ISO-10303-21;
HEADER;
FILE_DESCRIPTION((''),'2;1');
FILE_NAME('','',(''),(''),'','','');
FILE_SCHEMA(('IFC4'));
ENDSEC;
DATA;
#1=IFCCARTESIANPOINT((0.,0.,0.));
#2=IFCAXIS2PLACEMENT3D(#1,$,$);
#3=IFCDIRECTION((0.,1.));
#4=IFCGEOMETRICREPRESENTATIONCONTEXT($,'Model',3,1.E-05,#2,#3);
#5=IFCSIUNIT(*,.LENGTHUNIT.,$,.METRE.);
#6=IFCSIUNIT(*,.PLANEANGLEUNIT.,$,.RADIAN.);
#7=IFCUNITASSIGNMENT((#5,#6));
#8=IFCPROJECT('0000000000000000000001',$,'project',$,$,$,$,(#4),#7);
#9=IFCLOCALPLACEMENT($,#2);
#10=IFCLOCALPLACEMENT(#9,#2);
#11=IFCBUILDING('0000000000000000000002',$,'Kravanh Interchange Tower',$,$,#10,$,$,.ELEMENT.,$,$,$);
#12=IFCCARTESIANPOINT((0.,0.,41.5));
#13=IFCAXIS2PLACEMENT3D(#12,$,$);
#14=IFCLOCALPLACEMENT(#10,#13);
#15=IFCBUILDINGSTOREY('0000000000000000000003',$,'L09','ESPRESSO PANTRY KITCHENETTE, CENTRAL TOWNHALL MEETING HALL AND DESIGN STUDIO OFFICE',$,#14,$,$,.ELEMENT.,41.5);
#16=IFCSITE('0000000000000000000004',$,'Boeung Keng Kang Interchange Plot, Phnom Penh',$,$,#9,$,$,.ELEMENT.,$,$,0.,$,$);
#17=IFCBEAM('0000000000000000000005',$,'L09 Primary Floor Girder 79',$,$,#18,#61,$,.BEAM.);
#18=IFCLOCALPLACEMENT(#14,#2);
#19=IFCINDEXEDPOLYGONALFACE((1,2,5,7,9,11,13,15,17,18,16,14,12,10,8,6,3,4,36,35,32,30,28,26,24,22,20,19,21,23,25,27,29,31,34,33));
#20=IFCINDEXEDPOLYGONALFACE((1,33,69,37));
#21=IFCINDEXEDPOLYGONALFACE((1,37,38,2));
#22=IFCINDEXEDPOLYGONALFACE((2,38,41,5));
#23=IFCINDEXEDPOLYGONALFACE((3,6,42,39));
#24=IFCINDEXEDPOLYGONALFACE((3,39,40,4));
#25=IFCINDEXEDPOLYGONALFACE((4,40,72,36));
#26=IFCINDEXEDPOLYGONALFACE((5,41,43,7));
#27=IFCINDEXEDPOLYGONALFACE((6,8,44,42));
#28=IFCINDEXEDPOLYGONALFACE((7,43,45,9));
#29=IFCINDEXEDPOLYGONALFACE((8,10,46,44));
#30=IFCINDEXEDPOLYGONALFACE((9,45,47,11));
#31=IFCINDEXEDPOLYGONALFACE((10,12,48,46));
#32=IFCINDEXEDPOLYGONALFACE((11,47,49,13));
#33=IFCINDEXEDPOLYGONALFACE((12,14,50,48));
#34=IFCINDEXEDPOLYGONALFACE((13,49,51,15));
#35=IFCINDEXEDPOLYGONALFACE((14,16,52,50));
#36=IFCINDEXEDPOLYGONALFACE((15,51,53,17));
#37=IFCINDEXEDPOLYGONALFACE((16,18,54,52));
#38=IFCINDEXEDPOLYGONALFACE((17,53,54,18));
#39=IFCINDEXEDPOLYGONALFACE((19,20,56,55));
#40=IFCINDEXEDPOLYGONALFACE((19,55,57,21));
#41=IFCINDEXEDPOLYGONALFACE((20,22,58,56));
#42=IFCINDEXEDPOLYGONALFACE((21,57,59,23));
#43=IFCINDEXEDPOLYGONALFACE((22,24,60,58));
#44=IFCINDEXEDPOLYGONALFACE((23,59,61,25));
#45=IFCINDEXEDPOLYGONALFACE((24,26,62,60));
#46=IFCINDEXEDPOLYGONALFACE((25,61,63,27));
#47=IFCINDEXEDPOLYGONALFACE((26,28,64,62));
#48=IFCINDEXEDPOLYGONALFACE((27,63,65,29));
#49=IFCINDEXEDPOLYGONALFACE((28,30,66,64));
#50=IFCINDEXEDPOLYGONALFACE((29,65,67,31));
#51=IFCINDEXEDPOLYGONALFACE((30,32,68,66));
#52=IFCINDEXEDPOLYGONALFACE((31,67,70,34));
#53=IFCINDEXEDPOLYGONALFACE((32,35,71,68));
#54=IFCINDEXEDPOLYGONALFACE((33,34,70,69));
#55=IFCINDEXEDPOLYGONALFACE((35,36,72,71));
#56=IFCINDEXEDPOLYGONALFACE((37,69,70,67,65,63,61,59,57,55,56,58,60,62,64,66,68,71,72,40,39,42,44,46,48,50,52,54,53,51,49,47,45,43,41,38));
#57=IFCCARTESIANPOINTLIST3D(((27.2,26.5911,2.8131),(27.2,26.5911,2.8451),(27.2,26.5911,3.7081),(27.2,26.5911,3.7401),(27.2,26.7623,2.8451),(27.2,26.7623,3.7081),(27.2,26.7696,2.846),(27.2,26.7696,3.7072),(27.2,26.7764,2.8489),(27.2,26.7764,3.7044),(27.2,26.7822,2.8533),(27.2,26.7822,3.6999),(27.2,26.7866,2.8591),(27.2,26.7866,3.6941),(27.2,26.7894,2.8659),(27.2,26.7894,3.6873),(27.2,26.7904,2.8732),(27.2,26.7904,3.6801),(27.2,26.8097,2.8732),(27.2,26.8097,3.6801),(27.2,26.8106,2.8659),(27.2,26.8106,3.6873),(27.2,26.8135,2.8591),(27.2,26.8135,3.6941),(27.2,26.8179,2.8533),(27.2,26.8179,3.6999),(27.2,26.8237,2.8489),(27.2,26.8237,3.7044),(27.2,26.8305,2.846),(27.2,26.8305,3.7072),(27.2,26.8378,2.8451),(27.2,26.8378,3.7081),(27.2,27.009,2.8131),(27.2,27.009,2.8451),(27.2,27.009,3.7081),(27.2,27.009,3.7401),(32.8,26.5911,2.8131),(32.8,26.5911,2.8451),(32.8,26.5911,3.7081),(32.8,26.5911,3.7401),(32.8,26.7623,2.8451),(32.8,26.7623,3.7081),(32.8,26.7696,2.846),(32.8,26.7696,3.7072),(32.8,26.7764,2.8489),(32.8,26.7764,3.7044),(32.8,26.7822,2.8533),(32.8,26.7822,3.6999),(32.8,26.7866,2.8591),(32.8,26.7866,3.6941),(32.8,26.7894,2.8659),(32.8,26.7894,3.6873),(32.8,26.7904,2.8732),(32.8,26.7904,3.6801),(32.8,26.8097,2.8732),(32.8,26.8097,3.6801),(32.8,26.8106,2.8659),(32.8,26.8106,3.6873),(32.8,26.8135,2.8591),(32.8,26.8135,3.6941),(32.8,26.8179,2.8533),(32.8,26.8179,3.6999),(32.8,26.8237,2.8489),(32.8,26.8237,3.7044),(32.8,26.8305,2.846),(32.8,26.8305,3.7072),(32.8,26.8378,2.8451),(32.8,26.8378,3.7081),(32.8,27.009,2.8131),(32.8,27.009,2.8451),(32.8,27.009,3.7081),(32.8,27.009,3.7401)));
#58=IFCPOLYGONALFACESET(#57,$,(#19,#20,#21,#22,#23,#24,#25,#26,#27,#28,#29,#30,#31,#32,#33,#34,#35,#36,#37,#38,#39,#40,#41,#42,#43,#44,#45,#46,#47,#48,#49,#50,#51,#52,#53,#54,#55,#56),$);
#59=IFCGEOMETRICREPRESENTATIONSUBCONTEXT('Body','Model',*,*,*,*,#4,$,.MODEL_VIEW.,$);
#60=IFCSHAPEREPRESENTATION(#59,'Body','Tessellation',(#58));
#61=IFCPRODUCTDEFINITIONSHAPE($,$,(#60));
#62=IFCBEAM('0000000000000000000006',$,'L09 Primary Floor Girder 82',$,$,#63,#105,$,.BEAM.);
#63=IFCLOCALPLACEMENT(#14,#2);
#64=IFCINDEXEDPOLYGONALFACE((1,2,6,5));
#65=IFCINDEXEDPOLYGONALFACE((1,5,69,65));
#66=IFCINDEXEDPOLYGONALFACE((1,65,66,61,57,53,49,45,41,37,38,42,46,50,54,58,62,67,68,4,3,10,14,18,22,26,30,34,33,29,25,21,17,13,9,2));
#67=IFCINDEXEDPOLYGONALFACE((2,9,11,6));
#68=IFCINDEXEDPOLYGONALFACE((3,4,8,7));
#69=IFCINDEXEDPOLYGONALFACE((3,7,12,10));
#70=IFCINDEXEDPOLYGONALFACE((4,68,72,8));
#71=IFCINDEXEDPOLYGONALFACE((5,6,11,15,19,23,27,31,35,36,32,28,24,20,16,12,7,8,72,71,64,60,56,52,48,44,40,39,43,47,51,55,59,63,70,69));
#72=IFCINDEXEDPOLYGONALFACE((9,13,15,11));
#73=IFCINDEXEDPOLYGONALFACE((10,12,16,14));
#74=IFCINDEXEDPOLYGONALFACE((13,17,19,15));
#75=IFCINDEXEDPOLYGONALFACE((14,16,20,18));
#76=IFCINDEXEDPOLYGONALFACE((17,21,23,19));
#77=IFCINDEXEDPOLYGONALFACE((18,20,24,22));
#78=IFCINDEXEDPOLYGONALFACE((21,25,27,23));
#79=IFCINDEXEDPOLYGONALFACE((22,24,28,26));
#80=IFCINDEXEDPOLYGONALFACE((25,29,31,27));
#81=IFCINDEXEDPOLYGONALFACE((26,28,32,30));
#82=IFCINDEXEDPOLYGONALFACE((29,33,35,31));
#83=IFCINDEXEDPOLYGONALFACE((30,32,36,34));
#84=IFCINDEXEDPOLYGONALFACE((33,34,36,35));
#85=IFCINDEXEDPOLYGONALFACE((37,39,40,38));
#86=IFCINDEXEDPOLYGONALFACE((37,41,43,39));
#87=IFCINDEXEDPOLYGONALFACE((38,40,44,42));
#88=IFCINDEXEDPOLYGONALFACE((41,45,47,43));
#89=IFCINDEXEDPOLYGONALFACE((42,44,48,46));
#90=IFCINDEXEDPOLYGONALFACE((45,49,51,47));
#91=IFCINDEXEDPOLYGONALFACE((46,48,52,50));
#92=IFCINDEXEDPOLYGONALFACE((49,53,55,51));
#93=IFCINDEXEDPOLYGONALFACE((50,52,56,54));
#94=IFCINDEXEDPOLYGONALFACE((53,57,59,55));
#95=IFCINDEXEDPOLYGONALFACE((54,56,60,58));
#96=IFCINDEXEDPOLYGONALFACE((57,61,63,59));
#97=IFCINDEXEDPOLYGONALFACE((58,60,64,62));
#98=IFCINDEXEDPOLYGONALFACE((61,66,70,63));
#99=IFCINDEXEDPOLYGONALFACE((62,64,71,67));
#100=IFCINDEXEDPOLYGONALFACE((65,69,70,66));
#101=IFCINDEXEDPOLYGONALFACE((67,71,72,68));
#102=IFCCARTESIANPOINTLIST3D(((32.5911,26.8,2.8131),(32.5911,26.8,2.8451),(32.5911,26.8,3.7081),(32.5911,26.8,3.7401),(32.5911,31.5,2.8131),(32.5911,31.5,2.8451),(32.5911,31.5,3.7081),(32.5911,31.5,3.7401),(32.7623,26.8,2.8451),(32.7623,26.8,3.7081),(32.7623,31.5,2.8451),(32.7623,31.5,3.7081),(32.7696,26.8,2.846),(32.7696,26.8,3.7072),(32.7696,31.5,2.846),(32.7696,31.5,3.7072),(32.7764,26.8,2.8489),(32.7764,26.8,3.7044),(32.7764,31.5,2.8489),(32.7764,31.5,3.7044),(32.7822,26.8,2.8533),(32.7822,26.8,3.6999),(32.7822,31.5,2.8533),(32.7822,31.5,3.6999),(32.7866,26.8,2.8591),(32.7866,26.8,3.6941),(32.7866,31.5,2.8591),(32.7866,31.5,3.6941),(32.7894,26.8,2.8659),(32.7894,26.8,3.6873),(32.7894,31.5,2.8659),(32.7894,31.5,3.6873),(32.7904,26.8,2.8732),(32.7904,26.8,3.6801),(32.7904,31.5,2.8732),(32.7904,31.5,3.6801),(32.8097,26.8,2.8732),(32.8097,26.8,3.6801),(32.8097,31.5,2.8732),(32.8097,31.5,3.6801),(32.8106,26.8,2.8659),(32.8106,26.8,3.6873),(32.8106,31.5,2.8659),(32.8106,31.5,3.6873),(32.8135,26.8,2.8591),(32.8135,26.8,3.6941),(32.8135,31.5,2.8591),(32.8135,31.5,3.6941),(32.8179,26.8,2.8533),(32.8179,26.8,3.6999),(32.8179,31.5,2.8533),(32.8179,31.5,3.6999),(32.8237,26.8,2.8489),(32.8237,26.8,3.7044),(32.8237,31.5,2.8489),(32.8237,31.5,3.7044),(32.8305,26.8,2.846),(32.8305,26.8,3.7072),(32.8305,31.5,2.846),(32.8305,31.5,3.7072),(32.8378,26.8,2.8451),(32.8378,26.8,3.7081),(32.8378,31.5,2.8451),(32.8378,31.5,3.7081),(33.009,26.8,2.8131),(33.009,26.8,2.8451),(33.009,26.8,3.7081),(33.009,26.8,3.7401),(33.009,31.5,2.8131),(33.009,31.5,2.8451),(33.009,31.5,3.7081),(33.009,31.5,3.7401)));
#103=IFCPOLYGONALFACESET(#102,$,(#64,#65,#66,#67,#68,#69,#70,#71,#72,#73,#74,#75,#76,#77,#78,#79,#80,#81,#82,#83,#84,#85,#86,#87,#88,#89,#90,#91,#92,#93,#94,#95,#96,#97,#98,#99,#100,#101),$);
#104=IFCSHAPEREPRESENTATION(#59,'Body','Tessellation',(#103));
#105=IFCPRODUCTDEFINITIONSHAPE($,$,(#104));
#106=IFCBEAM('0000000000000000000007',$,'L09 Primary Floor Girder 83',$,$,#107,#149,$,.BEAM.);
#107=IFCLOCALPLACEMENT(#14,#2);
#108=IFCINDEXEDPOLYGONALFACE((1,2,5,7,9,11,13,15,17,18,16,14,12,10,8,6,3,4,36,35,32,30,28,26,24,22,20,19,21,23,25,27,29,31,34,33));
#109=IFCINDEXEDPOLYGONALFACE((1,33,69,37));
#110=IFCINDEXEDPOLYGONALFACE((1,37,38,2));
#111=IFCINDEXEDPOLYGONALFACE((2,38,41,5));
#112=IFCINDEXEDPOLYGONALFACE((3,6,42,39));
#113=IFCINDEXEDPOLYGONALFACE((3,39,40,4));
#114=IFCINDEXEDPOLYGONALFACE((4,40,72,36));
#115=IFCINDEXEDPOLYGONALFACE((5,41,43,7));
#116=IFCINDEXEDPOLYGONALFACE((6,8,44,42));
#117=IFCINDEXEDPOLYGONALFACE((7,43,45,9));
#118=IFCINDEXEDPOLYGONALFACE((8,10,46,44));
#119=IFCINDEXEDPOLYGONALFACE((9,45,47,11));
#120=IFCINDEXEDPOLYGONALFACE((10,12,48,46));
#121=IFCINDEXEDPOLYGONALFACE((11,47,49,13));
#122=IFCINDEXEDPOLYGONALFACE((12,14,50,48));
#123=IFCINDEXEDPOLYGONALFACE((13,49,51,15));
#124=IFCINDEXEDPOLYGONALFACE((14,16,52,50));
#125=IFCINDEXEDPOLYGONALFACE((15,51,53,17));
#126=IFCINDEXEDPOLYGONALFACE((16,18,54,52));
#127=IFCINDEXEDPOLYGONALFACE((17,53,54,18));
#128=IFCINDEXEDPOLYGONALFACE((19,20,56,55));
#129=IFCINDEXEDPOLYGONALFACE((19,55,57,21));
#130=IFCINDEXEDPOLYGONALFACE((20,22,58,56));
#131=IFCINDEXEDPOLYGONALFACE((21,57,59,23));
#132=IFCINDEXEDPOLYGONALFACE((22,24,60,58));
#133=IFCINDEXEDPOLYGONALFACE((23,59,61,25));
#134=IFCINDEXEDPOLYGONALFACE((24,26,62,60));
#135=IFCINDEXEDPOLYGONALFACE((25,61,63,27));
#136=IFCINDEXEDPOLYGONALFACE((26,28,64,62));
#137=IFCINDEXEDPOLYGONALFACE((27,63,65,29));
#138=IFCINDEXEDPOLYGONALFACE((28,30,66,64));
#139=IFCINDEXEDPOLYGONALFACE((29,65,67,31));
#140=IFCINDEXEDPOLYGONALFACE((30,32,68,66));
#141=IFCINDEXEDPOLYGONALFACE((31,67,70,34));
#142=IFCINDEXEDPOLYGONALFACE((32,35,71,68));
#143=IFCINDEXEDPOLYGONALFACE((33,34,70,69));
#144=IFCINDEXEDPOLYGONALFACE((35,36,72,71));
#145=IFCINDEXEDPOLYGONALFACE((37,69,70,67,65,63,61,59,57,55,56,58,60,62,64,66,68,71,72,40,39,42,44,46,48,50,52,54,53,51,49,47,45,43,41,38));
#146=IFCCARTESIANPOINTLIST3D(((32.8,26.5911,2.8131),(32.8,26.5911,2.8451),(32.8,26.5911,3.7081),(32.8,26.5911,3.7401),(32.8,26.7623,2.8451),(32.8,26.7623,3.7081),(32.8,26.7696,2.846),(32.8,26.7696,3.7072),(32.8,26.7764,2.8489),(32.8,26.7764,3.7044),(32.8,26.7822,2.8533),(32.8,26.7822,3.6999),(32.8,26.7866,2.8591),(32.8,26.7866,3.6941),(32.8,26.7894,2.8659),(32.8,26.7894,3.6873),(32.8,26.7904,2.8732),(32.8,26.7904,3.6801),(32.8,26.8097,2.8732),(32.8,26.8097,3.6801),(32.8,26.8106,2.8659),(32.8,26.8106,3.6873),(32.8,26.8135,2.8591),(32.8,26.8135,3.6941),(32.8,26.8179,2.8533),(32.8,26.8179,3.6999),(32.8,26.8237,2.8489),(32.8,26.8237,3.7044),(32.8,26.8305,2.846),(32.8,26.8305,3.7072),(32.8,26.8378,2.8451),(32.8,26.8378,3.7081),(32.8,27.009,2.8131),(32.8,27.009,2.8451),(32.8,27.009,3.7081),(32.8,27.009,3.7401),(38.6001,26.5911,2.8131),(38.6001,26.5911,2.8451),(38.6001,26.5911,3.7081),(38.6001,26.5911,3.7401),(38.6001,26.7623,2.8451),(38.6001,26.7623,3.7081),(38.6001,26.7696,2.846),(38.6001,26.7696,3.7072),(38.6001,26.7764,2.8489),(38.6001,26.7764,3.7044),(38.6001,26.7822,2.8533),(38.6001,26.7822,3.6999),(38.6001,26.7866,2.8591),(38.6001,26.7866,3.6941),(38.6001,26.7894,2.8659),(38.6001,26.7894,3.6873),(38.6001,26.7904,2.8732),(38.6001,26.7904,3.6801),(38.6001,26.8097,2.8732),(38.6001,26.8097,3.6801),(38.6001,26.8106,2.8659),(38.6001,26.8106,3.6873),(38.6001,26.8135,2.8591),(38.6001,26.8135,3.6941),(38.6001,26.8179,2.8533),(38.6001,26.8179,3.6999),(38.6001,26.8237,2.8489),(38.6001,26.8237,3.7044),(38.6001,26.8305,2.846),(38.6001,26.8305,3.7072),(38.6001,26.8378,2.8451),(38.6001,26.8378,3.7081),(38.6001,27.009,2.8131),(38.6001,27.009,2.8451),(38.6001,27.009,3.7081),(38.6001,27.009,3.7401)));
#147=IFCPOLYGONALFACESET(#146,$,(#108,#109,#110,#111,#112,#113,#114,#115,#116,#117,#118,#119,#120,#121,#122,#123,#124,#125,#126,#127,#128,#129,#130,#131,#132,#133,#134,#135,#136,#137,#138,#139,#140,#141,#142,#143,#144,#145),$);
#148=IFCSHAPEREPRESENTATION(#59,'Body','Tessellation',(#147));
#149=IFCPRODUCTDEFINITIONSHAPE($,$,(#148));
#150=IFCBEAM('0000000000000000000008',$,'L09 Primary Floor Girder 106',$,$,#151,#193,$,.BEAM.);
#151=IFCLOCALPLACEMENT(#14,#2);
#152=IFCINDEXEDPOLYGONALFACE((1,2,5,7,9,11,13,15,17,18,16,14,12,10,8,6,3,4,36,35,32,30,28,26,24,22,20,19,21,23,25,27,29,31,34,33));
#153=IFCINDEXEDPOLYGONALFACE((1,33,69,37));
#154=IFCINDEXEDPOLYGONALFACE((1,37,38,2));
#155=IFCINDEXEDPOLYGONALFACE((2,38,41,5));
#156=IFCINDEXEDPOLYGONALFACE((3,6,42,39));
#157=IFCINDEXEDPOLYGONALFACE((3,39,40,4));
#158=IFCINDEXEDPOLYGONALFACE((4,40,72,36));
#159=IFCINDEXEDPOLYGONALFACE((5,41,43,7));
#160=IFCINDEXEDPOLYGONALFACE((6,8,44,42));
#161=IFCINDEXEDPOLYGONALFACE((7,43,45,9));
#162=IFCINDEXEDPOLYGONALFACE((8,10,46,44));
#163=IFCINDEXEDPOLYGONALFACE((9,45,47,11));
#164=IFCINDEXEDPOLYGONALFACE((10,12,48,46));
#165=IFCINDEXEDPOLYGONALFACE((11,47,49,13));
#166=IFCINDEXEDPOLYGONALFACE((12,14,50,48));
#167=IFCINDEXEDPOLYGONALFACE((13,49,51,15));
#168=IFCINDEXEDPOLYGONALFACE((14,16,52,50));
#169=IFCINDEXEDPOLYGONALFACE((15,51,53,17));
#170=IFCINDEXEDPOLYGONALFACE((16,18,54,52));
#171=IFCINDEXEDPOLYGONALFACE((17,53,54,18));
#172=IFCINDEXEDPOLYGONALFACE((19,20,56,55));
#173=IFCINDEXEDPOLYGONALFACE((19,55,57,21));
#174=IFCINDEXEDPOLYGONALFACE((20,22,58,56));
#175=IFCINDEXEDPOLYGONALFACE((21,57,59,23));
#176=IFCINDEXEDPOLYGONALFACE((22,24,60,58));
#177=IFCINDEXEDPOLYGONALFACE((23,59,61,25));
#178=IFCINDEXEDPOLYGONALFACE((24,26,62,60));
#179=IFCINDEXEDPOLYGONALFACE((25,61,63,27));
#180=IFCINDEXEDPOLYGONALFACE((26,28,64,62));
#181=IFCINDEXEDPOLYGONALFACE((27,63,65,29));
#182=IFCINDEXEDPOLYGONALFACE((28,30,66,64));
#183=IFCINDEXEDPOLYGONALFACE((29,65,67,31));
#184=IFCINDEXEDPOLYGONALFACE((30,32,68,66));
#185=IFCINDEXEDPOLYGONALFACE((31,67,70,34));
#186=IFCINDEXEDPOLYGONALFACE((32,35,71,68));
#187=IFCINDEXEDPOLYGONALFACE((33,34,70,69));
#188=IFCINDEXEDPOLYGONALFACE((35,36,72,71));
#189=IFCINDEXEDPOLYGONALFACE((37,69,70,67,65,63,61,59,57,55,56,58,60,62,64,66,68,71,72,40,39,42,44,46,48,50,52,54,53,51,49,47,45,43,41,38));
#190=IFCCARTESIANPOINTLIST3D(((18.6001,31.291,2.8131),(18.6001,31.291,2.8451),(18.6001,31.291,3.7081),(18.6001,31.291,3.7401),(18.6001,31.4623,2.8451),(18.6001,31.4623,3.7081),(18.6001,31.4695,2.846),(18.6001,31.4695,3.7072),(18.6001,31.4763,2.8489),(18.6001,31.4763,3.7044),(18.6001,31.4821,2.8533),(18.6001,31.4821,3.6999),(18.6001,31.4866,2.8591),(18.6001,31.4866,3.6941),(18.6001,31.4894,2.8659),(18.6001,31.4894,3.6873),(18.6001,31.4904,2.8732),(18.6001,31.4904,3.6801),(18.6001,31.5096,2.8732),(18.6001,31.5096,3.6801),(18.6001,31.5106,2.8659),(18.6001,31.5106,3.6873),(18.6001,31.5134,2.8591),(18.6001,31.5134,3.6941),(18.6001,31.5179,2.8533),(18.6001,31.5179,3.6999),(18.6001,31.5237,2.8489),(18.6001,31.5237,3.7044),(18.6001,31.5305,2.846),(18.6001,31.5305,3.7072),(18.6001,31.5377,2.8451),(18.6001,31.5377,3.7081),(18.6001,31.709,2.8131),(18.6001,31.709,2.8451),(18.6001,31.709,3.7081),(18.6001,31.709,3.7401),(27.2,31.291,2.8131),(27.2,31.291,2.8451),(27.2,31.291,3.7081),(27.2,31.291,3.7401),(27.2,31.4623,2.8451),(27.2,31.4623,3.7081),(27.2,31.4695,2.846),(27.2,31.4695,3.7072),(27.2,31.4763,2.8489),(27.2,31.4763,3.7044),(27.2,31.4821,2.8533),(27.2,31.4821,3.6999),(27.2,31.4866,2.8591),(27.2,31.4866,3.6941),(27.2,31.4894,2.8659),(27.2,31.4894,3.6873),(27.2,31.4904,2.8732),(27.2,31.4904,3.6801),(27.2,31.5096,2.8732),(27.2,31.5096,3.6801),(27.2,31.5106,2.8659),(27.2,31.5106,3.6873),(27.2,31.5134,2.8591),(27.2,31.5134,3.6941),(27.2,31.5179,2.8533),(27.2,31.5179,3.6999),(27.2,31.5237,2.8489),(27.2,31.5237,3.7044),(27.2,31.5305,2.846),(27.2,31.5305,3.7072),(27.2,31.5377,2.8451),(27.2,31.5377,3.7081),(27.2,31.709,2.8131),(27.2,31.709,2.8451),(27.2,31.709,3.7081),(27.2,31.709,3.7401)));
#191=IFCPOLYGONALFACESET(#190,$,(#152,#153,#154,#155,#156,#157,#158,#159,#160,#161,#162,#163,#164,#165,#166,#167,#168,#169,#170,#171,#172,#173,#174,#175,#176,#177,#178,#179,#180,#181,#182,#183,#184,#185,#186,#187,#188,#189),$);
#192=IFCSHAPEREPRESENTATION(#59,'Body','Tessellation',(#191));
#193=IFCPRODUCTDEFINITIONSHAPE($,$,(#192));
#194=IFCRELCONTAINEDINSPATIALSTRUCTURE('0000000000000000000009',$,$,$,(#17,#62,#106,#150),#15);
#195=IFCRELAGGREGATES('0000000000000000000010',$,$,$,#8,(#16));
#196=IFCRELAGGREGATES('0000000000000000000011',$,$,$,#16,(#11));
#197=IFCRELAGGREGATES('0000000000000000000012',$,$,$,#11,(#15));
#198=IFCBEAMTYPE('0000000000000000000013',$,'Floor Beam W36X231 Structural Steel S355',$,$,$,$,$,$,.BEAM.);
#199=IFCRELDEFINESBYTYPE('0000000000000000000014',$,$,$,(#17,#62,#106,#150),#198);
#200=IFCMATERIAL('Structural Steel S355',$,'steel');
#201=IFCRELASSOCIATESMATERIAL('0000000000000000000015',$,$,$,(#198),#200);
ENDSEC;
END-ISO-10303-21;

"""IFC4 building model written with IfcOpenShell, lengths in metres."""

from ifc_helpers import new_model, si_unit, direction, frame, origin, origin_2d, place, context, subcontext, project, spatial, i_section, extrude, material, material_profile, profile_set, type_object, element, save


model = new_model("IFC4")

# Units and contexts
model_context = context("Model", 3, precision=1e-05, world=origin(), true_north=direction((0.0, 1.0)))
body_context = subcontext(model_context, "Body", "Model", "MODEL_VIEW")
ifc_project = project(units=[si_unit("LENGTHUNIT", "METRE"), si_unit("PLANEANGLEUNIT", "RADIAN")], contexts=[model_context])

# Site, building, storey
site_placement = place(None, origin())
site = spatial("IfcSite", under=ifc_project, at=site_placement, Name="Boeung Keng Kang Interchange Plot, Phnom Penh", CompositionType="ELEMENT", RefElevation=0.0)
building_placement = place(site_placement, origin())
building = spatial("IfcBuilding", under=site, at=building_placement, Name="Kravanh Interchange Tower", CompositionType="ELEMENT")
storey_placement = place(building_placement, frame((0.0, 0.0, 41.5)))
storey = spatial("IfcBuildingStorey", under=building, at=storey_placement, Name="L09", Description="ESPRESSO PANTRY KITCHENETTE, CENTRAL TOWNHALL MEETING HALL AND DESIGN STUDIO OFFICE", CompositionType="ELEMENT", Elevation=41.5)

# Beams
ifc_material_1 = material(Name="Structural Steel S355", Category="steel")
ifc_material_profile_1 = material_profile(ifc_material_1, i_section(OverallWidth=0.418, OverallDepth=0.927, WebThickness=0.0193, FlangeThickness=0.032, FilletRadius=0.0281, at=origin_2d()), Name="W36X231")
ifc_profile_set_1 = profile_set([ifc_material_profile_1], Name="Structural Steel S355")
beam_type_1 = type_object("IfcBeamType", Name="Floor Beam W36X231 Structural Steel S355", PredefinedType="BEAM", material=ifc_profile_set_1)
beam_1_placement = place(storey_placement, frame((27.2, 26.8, 3.2766), z_axis=(1.0, 0.0, 0.0), x_axis=(0.0, 1.0, 0.0)))
element("IfcBeam", 1, at=beam_1_placement, inside=storey, type_object=beam_type_1, Name="L09 Primary Floor Girder 79", PredefinedType="BEAM", context=body_context, shape_type="SweptSolid", body=[
    extrude(i_section(OverallWidth=0.418, OverallDepth=0.927, WebThickness=0.0193, FlangeThickness=0.032, FilletRadius=0.0281, at=origin_2d()), origin(), (0.0, 0.0, 1.0), 5.6001),
])
beam_2_placement = place(storey_placement, frame((32.8, 26.8, 3.2766), z_axis=(0.0, 1.0, 0.0), x_axis=(-1.0, 0.0, 0.0)))
element("IfcBeam", 2, at=beam_2_placement, inside=storey, type_object=beam_type_1, Name="L09 Primary Floor Girder 82", PredefinedType="BEAM", context=body_context, shape_type="SweptSolid", body=[
    extrude(i_section(OverallWidth=0.418, OverallDepth=0.927, WebThickness=0.0193, FlangeThickness=0.032, FilletRadius=0.0281, at=origin_2d()), origin(), (0.0, 0.0, 1.0), 4.7),
])
beam_3_placement = place(storey_placement, frame((32.8, 26.8, 3.2766), z_axis=(1.0, 0.0, 0.0), x_axis=(0.0, 1.0, 0.0)))
element("IfcBeam", 3, at=beam_3_placement, inside=storey, type_object=beam_type_1, Name="L09 Primary Floor Girder 83", PredefinedType="BEAM", context=body_context, shape_type="SweptSolid", body=[
    extrude(i_section(OverallWidth=0.418, OverallDepth=0.927, WebThickness=0.0193, FlangeThickness=0.032, FilletRadius=0.0281, at=origin_2d()), origin(), (0.0, 0.0, 1.0), 5.8),
])
beam_4_placement = place(storey_placement, frame((18.6001, 31.5, 3.2766), z_axis=(1.0, 0.0, 0.0), x_axis=(0.0, 1.0, 0.0)))
element("IfcBeam", 4, at=beam_4_placement, inside=storey, type_object=beam_type_1, Name="L09 Primary Floor Girder 106", PredefinedType="BEAM", context=body_context, shape_type="SweptSolid", body=[
    extrude(i_section(OverallWidth=0.418, OverallDepth=0.927, WebThickness=0.0193, FlangeThickness=0.032, FilletRadius=0.0281, at=origin_2d()), origin(), (0.0, 0.0, 1.0), 8.5999),
])

save(model, "model.ifc")
